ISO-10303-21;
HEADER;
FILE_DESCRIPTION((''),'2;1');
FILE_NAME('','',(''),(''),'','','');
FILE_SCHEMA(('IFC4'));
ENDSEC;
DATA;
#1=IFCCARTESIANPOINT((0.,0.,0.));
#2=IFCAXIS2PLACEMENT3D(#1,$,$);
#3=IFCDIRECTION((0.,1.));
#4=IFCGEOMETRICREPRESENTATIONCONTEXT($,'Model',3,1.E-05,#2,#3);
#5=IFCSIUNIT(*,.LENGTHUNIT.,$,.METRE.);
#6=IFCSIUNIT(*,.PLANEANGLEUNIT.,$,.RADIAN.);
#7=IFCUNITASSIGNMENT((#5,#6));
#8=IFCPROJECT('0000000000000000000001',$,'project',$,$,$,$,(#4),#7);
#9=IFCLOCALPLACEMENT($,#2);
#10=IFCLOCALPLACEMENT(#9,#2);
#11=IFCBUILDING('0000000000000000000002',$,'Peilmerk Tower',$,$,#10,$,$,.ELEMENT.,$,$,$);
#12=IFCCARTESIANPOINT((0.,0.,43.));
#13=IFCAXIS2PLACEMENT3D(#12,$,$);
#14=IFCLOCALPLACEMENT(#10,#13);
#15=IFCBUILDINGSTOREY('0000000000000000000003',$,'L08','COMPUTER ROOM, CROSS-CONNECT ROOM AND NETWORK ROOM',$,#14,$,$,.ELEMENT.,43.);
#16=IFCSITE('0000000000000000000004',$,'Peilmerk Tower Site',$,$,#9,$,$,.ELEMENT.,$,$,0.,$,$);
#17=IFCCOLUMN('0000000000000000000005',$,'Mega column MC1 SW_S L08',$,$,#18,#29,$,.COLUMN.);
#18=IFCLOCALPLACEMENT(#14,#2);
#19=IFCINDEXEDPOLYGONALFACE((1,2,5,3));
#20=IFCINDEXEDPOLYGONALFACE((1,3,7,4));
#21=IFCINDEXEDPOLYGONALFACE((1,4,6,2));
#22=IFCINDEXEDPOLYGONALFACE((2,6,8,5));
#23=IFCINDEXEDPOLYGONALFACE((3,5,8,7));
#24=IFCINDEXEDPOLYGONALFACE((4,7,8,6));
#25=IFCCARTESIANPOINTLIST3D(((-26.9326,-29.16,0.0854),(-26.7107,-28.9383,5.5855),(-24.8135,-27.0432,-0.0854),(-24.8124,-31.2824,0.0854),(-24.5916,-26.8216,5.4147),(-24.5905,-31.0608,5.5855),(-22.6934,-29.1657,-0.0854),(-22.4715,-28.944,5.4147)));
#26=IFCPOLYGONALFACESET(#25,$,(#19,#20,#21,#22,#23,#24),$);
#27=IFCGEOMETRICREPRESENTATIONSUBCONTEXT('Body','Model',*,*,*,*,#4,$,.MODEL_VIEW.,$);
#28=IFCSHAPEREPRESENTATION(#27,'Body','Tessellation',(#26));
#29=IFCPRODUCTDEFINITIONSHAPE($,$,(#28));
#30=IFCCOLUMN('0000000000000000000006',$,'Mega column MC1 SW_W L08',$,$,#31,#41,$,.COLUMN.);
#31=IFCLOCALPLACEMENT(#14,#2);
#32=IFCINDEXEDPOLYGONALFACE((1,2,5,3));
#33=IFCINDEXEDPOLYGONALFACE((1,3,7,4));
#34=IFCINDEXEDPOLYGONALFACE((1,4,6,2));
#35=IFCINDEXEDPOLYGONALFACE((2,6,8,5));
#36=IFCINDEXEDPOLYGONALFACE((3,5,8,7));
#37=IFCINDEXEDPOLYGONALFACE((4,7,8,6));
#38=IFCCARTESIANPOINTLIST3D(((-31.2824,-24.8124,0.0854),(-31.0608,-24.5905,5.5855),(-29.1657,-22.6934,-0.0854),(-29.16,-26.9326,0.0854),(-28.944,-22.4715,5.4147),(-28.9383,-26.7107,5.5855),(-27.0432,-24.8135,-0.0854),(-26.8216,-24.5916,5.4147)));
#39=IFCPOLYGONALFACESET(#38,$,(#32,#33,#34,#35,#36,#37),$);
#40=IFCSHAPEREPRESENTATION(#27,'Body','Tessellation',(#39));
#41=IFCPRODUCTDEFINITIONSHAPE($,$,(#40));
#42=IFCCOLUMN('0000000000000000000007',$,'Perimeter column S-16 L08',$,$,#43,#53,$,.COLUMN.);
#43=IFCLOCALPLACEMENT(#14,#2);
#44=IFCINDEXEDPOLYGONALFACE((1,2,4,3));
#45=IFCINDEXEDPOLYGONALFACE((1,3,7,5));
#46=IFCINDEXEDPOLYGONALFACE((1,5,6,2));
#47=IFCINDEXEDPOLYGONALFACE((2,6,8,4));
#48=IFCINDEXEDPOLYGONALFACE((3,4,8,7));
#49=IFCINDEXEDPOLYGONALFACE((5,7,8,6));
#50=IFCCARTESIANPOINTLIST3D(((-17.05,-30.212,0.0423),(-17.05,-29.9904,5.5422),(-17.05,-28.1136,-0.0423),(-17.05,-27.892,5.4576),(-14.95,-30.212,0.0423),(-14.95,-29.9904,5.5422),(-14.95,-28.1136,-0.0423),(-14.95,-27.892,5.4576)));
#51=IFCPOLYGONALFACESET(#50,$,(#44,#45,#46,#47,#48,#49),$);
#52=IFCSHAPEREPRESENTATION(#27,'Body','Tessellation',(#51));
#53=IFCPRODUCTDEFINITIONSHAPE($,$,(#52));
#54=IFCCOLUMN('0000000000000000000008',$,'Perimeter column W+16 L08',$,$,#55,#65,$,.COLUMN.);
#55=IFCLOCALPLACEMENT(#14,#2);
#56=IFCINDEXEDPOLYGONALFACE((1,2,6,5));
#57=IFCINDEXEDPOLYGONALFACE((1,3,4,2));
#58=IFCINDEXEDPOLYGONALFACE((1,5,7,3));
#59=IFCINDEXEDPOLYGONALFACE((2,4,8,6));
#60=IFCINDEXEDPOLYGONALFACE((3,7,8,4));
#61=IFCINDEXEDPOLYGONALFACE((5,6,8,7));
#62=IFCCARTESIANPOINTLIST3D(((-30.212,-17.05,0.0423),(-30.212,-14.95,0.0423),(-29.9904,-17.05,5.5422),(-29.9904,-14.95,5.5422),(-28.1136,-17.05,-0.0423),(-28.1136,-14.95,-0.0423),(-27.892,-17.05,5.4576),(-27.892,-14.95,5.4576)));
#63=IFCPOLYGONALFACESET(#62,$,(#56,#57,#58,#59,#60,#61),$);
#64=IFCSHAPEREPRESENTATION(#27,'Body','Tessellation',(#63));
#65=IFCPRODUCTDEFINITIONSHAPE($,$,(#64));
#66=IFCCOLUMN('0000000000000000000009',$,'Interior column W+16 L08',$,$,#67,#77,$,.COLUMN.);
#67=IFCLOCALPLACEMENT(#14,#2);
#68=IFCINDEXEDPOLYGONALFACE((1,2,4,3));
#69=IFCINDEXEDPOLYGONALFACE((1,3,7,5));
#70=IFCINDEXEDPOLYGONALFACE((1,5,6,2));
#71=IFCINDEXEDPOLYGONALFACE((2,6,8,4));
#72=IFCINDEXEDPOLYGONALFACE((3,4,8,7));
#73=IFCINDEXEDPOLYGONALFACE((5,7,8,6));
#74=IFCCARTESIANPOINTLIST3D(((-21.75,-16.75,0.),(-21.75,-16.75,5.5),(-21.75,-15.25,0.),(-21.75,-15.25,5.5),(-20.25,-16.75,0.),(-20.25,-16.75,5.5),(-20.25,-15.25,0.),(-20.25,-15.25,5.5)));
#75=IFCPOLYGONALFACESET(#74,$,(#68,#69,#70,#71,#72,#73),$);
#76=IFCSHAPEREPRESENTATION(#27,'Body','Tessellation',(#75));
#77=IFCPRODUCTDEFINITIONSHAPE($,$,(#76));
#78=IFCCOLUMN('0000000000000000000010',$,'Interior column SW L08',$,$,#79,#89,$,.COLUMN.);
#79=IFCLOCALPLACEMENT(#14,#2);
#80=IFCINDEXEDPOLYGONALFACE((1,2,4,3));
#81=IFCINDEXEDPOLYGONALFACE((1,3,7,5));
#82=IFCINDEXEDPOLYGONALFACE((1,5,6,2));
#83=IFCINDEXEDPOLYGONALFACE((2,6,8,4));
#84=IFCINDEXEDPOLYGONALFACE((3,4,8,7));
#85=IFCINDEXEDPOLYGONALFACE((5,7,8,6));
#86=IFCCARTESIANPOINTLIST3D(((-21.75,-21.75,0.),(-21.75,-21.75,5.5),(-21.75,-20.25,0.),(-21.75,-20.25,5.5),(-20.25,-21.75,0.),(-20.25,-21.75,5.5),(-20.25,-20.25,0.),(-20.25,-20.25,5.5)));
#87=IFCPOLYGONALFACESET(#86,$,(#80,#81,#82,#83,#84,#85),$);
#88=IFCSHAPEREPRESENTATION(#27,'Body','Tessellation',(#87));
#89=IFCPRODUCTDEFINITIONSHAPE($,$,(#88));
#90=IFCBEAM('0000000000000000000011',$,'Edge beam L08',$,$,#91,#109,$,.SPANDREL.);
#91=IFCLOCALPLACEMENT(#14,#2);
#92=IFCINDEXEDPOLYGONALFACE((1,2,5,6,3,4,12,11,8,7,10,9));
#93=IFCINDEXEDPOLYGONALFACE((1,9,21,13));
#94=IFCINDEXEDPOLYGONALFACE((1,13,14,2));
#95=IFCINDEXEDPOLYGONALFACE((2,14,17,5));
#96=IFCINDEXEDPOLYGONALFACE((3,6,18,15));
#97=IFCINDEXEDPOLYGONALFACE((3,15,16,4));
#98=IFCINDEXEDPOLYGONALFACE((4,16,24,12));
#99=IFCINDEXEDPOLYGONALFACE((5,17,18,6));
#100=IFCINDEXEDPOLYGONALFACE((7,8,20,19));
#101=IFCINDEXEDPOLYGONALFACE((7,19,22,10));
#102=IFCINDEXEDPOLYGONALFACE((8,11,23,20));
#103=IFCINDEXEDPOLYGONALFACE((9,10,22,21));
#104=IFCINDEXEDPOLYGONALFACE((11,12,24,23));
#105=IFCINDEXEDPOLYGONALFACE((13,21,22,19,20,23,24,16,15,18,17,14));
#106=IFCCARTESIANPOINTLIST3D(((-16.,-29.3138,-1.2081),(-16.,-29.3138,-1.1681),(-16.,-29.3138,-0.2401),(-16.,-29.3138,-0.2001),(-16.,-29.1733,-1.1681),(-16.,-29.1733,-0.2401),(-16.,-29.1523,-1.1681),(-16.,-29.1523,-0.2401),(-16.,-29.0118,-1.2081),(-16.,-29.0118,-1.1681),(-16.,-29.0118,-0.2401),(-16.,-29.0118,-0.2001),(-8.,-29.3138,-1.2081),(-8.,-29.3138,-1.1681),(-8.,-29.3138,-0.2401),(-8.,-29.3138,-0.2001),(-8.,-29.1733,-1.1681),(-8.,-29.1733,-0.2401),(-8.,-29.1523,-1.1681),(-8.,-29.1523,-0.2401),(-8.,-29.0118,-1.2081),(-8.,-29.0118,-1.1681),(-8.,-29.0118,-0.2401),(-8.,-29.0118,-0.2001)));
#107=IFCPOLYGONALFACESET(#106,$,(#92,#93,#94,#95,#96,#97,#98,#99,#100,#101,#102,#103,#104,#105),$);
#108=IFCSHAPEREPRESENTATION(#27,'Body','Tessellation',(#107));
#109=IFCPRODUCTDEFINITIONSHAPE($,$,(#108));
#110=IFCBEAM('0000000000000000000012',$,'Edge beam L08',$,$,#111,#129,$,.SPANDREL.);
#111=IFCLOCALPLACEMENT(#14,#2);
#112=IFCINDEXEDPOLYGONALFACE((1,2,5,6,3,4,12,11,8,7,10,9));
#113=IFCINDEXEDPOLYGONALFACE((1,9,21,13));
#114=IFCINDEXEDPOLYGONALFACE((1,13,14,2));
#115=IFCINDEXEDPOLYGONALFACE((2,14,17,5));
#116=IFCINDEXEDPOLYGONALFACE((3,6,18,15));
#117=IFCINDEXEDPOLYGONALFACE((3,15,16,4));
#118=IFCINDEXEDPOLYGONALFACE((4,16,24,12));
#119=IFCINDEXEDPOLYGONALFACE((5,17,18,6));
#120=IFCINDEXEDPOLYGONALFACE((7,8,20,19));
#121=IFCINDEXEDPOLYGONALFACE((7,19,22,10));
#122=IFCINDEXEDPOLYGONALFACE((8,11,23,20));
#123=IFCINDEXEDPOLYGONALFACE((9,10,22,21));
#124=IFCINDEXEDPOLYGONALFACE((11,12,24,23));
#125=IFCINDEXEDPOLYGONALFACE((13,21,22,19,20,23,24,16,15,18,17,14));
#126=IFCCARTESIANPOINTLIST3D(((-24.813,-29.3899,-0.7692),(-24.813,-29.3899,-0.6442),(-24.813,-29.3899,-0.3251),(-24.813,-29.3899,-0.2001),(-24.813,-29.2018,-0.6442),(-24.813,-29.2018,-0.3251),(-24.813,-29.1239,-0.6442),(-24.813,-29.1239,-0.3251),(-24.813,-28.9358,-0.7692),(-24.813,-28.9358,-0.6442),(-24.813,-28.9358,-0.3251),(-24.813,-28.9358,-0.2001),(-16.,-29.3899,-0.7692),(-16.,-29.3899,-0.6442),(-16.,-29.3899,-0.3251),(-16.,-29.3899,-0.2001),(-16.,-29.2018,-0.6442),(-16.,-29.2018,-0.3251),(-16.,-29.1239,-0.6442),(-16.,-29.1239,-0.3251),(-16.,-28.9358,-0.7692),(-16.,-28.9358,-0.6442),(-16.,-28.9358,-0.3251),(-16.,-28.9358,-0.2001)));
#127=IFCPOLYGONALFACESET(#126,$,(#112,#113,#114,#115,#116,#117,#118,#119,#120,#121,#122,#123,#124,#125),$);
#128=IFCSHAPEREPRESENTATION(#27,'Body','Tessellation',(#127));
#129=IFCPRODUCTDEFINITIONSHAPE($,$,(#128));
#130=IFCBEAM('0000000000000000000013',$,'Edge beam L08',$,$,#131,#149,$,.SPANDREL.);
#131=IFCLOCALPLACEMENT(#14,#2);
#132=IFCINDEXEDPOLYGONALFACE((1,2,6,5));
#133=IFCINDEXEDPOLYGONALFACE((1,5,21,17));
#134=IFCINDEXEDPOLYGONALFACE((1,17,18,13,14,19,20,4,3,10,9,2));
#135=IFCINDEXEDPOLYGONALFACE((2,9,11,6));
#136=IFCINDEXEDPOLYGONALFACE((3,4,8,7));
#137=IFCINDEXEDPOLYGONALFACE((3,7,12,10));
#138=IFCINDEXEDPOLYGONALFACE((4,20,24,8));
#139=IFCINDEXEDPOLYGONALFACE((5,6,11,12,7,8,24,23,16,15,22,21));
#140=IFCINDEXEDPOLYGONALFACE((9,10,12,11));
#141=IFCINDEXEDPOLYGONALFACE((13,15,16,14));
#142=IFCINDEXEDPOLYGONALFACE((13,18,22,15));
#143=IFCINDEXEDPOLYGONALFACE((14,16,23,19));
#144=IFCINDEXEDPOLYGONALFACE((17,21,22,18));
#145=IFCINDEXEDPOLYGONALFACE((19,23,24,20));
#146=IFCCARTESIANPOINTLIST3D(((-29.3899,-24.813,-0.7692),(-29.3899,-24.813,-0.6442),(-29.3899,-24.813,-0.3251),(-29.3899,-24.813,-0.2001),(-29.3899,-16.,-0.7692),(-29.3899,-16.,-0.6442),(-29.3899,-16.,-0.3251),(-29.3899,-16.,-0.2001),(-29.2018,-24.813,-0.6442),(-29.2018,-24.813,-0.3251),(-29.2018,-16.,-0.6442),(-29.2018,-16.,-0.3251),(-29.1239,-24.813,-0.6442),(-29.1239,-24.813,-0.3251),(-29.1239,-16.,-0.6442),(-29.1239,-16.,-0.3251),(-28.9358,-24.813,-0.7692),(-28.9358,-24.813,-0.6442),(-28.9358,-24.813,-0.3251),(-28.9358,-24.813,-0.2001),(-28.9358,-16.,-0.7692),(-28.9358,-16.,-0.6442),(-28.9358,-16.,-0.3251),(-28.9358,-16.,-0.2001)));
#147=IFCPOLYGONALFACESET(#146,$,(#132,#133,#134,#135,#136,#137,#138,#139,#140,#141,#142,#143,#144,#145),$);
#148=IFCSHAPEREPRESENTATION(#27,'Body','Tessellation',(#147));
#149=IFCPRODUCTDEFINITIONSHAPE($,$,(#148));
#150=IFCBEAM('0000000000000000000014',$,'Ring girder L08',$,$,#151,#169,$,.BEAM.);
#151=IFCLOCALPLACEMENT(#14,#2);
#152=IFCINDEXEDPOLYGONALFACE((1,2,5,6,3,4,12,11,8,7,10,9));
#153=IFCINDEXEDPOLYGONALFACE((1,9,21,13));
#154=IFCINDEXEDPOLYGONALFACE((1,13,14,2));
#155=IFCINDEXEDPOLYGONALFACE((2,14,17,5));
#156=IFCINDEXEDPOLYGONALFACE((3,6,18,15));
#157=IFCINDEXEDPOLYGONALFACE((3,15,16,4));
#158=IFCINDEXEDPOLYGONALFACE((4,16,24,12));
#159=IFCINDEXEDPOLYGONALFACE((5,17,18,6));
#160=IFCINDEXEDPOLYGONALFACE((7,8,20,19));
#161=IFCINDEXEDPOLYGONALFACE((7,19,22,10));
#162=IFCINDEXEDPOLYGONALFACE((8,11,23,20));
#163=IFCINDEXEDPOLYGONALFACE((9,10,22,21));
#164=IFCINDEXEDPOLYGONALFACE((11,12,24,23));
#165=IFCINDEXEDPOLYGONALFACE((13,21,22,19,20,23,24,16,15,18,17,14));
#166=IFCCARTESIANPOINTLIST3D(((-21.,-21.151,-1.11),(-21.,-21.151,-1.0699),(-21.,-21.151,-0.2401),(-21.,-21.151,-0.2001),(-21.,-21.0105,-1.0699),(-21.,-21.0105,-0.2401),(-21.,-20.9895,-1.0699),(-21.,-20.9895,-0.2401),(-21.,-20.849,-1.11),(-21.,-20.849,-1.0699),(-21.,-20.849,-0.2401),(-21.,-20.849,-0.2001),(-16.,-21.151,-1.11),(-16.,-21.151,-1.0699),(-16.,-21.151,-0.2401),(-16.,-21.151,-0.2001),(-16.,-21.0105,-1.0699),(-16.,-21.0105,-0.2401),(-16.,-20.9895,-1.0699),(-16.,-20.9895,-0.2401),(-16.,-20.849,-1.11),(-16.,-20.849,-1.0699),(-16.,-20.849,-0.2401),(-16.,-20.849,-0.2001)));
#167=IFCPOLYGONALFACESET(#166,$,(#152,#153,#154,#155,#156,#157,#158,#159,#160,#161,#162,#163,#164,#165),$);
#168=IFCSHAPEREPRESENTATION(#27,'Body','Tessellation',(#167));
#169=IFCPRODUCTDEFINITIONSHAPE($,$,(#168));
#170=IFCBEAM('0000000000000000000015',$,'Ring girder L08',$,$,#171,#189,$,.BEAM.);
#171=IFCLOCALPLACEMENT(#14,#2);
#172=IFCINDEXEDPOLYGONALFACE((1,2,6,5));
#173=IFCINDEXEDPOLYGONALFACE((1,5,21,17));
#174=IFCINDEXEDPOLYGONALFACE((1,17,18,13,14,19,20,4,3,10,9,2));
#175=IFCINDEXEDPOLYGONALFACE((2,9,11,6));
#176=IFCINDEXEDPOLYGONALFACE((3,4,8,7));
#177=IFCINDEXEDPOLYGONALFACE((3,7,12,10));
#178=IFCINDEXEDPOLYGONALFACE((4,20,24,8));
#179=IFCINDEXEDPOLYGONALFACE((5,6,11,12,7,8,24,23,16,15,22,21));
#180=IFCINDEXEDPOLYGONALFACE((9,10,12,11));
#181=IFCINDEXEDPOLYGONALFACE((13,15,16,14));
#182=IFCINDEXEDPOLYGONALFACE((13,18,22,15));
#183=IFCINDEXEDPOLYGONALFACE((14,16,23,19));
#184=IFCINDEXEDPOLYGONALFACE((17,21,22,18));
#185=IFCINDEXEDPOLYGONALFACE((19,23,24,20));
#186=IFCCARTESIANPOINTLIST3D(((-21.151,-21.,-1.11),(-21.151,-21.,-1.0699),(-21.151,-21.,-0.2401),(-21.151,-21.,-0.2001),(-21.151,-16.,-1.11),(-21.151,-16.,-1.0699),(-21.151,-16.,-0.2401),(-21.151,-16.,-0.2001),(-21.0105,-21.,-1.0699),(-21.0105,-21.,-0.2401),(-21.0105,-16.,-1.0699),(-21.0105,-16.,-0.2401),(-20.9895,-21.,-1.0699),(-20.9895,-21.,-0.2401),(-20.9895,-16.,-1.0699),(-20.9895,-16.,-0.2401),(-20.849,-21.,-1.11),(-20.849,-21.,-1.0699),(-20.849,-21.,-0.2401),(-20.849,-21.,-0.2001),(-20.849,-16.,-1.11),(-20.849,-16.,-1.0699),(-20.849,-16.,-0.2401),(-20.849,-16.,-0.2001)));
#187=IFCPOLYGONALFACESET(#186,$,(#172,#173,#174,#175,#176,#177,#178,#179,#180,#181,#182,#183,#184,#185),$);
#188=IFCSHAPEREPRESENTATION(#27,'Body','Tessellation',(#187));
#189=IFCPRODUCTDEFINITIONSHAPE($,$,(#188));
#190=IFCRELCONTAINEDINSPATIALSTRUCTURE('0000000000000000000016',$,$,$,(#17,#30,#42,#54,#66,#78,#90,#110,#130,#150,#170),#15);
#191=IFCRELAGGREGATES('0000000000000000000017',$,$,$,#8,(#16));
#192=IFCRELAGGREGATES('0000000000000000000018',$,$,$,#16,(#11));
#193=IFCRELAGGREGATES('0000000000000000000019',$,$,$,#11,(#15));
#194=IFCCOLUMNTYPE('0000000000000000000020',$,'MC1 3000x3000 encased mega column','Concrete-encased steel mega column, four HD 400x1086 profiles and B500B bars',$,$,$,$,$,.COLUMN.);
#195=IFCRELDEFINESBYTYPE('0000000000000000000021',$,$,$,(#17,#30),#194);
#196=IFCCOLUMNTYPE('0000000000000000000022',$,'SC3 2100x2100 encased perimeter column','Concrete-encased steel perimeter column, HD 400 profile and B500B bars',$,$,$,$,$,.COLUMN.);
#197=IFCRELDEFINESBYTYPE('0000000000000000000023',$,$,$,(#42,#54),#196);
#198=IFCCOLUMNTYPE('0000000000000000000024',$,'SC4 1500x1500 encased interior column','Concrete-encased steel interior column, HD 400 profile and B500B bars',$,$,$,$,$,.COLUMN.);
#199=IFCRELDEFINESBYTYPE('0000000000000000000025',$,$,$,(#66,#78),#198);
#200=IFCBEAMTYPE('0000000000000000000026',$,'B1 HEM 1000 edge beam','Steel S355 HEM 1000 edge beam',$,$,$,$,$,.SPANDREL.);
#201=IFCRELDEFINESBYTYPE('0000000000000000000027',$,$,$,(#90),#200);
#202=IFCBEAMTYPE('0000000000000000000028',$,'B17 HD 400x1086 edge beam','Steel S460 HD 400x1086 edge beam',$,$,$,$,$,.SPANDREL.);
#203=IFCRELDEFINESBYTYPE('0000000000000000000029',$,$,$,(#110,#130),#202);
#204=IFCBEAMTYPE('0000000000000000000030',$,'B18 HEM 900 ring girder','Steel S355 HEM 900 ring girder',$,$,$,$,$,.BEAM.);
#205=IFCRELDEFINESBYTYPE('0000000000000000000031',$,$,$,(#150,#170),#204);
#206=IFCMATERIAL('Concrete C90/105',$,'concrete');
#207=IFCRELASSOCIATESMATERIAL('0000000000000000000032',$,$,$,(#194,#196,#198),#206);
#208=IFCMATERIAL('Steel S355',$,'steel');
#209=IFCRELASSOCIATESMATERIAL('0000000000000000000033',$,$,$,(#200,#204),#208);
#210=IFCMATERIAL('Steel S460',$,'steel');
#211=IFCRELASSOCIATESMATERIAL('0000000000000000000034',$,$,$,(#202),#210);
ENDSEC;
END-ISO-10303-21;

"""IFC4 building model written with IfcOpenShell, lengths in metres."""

from ifc_helpers import new_model, si_unit, direction, frame, origin, origin_2d, place, context, subcontext, project, spatial, rectangle, i_section, extrude, material, material_profile, profile_set, type_object, element, save


model = new_model("IFC4")

# Units and contexts
model_context = context("Model", 3, precision=1e-05, world=origin(), true_north=direction((0.0, 1.0)))
body_context = subcontext(model_context, "Body", "Model", "MODEL_VIEW")
ifc_project = project(units=[si_unit("LENGTHUNIT", "METRE"), si_unit("PLANEANGLEUNIT", "RADIAN")], contexts=[model_context])

# Site, building, storey
site_placement = place(None, origin())
site = spatial("IfcSite", under=ifc_project, at=site_placement, Name="Peilmerk Tower Site", CompositionType="ELEMENT", RefElevation=0.0)
building_placement = place(site_placement, origin())
building = spatial("IfcBuilding", under=site, at=building_placement, Name="Peilmerk Tower", CompositionType="ELEMENT")
storey_placement = place(building_placement, frame((0.0, 0.0, 43.0)))
storey = spatial("IfcBuildingStorey", under=building, at=storey_placement, Name="L08", Description="COMPUTER ROOM, CROSS-CONNECT ROOM AND NETWORK ROOM", CompositionType="ELEMENT", Elevation=43.0)

# Columns
ifc_material_1 = material(Name="Concrete C90/105", Category="concrete")
ifc_material_profile_1 = material_profile(ifc_material_1, rectangle(XDim=3.0, YDim=3.0, at=origin_2d()), Name="RC 3000x3000")
ifc_profile_set_1 = profile_set([ifc_material_profile_1], Name="Concrete C90/105")
column_type_1 = type_object("IfcColumnType", Name="MC1 3000x3000 encased mega column", Description="Concrete-encased steel mega column, four HD 400x1086 profiles and B500B bars", PredefinedType="COLUMN", material=ifc_profile_set_1)
for number, where, z_axis, x_axis, name in (
    (1, (-24.813, -29.1628, 0.0), (0.040284, 0.04024, 0.998378), (-0.706718, 0.707496, 0.0), "Mega column MC1 SW_S L08"),
    (2, (-29.1628, -24.813, 0.0), (0.04024, 0.040284, 0.998378), (-0.707496, 0.706718, 0.0), "Mega column MC1 SW_W L08"),
):
    element("IfcColumn", number, at=place(storey_placement, frame(where, z_axis=z_axis, x_axis=x_axis)), inside=storey, type_object=column_type_1, Name=name, PredefinedType="COLUMN", context=body_context, shape_type="SweptSolid", body=[
        extrude(rectangle(XDim=3.0, YDim=3.0, at=origin_2d()), origin(), (0.0, 0.0, 1.0), 5.509),
    ])
ifc_material_profile_2 = material_profile(ifc_material_1, rectangle(XDim=2.1001, YDim=2.1001, at=origin_2d()), Name="RC 2100x2100")
ifc_profile_set_2 = profile_set([ifc_material_profile_2], Name="Concrete C90/105")
column_type_2 = type_object("IfcColumnType", Name="SC3 2100x2100 encased perimeter column", Description="Concrete-encased steel perimeter column, HD 400 profile and B500B bars", PredefinedType="COLUMN", material=ifc_profile_set_2)
for number, where, z_axis, x_axis, name in (
    (3, (-16.0, -29.1628, 0.0), (0.0, 0.040273, 0.999189), (-1.0, 0.0, 0.0), "Perimeter column S-16 L08"),
    (4, (-29.1628, -16.0, 0.0), (0.040273, 0.0, 0.999189), (0.0, 1.0, 0.0), "Perimeter column W+16 L08"),
):
    element("IfcColumn", number, at=place(storey_placement, frame(where, z_axis=z_axis, x_axis=x_axis)), inside=storey, type_object=column_type_2, Name=name, PredefinedType="COLUMN", context=body_context, shape_type="SweptSolid", body=[
        extrude(rectangle(XDim=2.1001, YDim=2.1001, at=origin_2d()), origin(), (0.0, 0.0, 1.0), 5.5044),
    ])
ifc_material_profile_3 = material_profile(ifc_material_1, rectangle(XDim=1.5, YDim=1.5, at=origin_2d()), Name="RC 1500x1500")
ifc_profile_set_3 = profile_set([ifc_material_profile_3], Name="Concrete C90/105")
column_type_3 = type_object("IfcColumnType", Name="SC4 1500x1500 encased interior column", Description="Concrete-encased steel interior column, HD 400 profile and B500B bars", PredefinedType="COLUMN", material=ifc_profile_set_3)
for number, where, z_axis, x_axis, name in (
    (5, (-21.0, -16.0, 0.0), (0.0, 0.0, 1.0), (1.0, 0.0, 0.0), "Interior column W+16 L08"),
    (6, (-21.0, -21.0, 0.0), (0.0, 0.0, 1.0), (1.0, 0.0, 0.0), "Interior column SW L08"),
):
    element("IfcColumn", number, at=place(storey_placement, frame(where, z_axis=z_axis, x_axis=x_axis)), inside=storey, type_object=column_type_3, Name=name, PredefinedType="COLUMN", context=body_context, shape_type="SweptSolid", body=[
        extrude(rectangle(XDim=1.5, YDim=1.5, at=origin_2d()), origin(), (0.0, 0.0, 1.0), 5.5),
    ])

# Beams
ifc_material_2 = material(Name="Steel S355", Category="steel")
ifc_material_profile_4 = material_profile(ifc_material_2, i_section(OverallWidth=0.302, OverallDepth=1.0081, WebThickness=0.021, FlangeThickness=0.04, at=origin_2d()), Name="HEM 1000")
ifc_profile_set_4 = profile_set([ifc_material_profile_4], Name="Steel S355")
beam_type_1 = type_object("IfcBeamType", Name="B1 HEM 1000 edge beam", Description="Steel S355 HEM 1000 edge beam", PredefinedType="SPANDREL", material=ifc_profile_set_4)
beam_1_placement = place(storey_placement, frame((-16.0, -29.1628, -0.7041), z_axis=(1.0, 0.0, 0.0), x_axis=(0.0, 1.0, 0.0)))
element("IfcBeam", 7, at=beam_1_placement, inside=storey, type_object=beam_type_1, Name="Edge beam L08", PredefinedType="SPANDREL", context=body_context, shape_type="SweptSolid", body=[
    extrude(i_section(OverallWidth=0.302, OverallDepth=1.0081, WebThickness=0.021, FlangeThickness=0.04, at=origin_2d()), origin(), (0.0, 0.0, 1.0), 8.0),
])
ifc_material_3 = material(Name="Steel S460", Category="steel")
ifc_material_profile_5 = material_profile(ifc_material_3, i_section(OverallWidth=0.4541, OverallDepth=0.5691, WebThickness=0.0779, FlangeThickness=0.125, at=origin_2d()), Name="HD 400x1086")
ifc_profile_set_5 = profile_set([ifc_material_profile_5], Name="Steel S460")
beam_type_2 = type_object("IfcBeamType", Name="B17 HD 400x1086 edge beam", Description="Steel S460 HD 400x1086 edge beam", PredefinedType="SPANDREL", material=ifc_profile_set_5)
for number, where, z_axis, x_axis, name in (
    (8, (-24.813, -29.1628, -0.4846), (1.0, 0.0, 0.0), (0.0, 1.0, 0.0), "Edge beam L08"),
    (9, (-29.1628, -16.0, -0.4846), (0.0, -1.0, 0.0), (1.0, 0.0, 0.0), "Edge beam L08"),
):
    element("IfcBeam", number, at=place(storey_placement, frame(where, z_axis=z_axis, x_axis=x_axis)), inside=storey, type_object=beam_type_2, Name=name, PredefinedType="SPANDREL", context=body_context, shape_type="SweptSolid", body=[
        extrude(i_section(OverallWidth=0.4541, OverallDepth=0.5691, WebThickness=0.0779, FlangeThickness=0.125, at=origin_2d()), origin(), (0.0, 0.0, 1.0), 8.813),
    ])
ifc_material_profile_6 = material_profile(ifc_material_2, i_section(OverallWidth=0.302, OverallDepth=0.9099, WebThickness=0.021, FlangeThickness=0.04, at=origin_2d()), Name="HEM 900")
ifc_profile_set_6 = profile_set([ifc_material_profile_6], Name="Steel S355")
beam_type_3 = type_object("IfcBeamType", Name="B18 HEM 900 ring girder", Description="Steel S355 HEM 900 ring girder", PredefinedType="BEAM", material=ifc_profile_set_6)
for number, where, z_axis, x_axis, name in (
    (10, (-21.0, -21.0, -0.655), (1.0, 0.0, 0.0), (0.0, 1.0, 0.0), "Ring girder L08"),
    (11, (-21.0, -16.0, -0.655), (0.0, -1.0, 0.0), (1.0, 0.0, 0.0), "Ring girder L08"),
):
    element("IfcBeam", number, at=place(storey_placement, frame(where, z_axis=z_axis, x_axis=x_axis)), inside=storey, type_object=beam_type_3, Name=name, PredefinedType="BEAM", context=body_context, shape_type="SweptSolid", body=[
        extrude(i_section(OverallWidth=0.302, OverallDepth=0.9099, WebThickness=0.021, FlangeThickness=0.04, at=origin_2d()), origin(), (0.0, 0.0, 1.0), 5.0),
    ])

save(model, "model.ifc")
